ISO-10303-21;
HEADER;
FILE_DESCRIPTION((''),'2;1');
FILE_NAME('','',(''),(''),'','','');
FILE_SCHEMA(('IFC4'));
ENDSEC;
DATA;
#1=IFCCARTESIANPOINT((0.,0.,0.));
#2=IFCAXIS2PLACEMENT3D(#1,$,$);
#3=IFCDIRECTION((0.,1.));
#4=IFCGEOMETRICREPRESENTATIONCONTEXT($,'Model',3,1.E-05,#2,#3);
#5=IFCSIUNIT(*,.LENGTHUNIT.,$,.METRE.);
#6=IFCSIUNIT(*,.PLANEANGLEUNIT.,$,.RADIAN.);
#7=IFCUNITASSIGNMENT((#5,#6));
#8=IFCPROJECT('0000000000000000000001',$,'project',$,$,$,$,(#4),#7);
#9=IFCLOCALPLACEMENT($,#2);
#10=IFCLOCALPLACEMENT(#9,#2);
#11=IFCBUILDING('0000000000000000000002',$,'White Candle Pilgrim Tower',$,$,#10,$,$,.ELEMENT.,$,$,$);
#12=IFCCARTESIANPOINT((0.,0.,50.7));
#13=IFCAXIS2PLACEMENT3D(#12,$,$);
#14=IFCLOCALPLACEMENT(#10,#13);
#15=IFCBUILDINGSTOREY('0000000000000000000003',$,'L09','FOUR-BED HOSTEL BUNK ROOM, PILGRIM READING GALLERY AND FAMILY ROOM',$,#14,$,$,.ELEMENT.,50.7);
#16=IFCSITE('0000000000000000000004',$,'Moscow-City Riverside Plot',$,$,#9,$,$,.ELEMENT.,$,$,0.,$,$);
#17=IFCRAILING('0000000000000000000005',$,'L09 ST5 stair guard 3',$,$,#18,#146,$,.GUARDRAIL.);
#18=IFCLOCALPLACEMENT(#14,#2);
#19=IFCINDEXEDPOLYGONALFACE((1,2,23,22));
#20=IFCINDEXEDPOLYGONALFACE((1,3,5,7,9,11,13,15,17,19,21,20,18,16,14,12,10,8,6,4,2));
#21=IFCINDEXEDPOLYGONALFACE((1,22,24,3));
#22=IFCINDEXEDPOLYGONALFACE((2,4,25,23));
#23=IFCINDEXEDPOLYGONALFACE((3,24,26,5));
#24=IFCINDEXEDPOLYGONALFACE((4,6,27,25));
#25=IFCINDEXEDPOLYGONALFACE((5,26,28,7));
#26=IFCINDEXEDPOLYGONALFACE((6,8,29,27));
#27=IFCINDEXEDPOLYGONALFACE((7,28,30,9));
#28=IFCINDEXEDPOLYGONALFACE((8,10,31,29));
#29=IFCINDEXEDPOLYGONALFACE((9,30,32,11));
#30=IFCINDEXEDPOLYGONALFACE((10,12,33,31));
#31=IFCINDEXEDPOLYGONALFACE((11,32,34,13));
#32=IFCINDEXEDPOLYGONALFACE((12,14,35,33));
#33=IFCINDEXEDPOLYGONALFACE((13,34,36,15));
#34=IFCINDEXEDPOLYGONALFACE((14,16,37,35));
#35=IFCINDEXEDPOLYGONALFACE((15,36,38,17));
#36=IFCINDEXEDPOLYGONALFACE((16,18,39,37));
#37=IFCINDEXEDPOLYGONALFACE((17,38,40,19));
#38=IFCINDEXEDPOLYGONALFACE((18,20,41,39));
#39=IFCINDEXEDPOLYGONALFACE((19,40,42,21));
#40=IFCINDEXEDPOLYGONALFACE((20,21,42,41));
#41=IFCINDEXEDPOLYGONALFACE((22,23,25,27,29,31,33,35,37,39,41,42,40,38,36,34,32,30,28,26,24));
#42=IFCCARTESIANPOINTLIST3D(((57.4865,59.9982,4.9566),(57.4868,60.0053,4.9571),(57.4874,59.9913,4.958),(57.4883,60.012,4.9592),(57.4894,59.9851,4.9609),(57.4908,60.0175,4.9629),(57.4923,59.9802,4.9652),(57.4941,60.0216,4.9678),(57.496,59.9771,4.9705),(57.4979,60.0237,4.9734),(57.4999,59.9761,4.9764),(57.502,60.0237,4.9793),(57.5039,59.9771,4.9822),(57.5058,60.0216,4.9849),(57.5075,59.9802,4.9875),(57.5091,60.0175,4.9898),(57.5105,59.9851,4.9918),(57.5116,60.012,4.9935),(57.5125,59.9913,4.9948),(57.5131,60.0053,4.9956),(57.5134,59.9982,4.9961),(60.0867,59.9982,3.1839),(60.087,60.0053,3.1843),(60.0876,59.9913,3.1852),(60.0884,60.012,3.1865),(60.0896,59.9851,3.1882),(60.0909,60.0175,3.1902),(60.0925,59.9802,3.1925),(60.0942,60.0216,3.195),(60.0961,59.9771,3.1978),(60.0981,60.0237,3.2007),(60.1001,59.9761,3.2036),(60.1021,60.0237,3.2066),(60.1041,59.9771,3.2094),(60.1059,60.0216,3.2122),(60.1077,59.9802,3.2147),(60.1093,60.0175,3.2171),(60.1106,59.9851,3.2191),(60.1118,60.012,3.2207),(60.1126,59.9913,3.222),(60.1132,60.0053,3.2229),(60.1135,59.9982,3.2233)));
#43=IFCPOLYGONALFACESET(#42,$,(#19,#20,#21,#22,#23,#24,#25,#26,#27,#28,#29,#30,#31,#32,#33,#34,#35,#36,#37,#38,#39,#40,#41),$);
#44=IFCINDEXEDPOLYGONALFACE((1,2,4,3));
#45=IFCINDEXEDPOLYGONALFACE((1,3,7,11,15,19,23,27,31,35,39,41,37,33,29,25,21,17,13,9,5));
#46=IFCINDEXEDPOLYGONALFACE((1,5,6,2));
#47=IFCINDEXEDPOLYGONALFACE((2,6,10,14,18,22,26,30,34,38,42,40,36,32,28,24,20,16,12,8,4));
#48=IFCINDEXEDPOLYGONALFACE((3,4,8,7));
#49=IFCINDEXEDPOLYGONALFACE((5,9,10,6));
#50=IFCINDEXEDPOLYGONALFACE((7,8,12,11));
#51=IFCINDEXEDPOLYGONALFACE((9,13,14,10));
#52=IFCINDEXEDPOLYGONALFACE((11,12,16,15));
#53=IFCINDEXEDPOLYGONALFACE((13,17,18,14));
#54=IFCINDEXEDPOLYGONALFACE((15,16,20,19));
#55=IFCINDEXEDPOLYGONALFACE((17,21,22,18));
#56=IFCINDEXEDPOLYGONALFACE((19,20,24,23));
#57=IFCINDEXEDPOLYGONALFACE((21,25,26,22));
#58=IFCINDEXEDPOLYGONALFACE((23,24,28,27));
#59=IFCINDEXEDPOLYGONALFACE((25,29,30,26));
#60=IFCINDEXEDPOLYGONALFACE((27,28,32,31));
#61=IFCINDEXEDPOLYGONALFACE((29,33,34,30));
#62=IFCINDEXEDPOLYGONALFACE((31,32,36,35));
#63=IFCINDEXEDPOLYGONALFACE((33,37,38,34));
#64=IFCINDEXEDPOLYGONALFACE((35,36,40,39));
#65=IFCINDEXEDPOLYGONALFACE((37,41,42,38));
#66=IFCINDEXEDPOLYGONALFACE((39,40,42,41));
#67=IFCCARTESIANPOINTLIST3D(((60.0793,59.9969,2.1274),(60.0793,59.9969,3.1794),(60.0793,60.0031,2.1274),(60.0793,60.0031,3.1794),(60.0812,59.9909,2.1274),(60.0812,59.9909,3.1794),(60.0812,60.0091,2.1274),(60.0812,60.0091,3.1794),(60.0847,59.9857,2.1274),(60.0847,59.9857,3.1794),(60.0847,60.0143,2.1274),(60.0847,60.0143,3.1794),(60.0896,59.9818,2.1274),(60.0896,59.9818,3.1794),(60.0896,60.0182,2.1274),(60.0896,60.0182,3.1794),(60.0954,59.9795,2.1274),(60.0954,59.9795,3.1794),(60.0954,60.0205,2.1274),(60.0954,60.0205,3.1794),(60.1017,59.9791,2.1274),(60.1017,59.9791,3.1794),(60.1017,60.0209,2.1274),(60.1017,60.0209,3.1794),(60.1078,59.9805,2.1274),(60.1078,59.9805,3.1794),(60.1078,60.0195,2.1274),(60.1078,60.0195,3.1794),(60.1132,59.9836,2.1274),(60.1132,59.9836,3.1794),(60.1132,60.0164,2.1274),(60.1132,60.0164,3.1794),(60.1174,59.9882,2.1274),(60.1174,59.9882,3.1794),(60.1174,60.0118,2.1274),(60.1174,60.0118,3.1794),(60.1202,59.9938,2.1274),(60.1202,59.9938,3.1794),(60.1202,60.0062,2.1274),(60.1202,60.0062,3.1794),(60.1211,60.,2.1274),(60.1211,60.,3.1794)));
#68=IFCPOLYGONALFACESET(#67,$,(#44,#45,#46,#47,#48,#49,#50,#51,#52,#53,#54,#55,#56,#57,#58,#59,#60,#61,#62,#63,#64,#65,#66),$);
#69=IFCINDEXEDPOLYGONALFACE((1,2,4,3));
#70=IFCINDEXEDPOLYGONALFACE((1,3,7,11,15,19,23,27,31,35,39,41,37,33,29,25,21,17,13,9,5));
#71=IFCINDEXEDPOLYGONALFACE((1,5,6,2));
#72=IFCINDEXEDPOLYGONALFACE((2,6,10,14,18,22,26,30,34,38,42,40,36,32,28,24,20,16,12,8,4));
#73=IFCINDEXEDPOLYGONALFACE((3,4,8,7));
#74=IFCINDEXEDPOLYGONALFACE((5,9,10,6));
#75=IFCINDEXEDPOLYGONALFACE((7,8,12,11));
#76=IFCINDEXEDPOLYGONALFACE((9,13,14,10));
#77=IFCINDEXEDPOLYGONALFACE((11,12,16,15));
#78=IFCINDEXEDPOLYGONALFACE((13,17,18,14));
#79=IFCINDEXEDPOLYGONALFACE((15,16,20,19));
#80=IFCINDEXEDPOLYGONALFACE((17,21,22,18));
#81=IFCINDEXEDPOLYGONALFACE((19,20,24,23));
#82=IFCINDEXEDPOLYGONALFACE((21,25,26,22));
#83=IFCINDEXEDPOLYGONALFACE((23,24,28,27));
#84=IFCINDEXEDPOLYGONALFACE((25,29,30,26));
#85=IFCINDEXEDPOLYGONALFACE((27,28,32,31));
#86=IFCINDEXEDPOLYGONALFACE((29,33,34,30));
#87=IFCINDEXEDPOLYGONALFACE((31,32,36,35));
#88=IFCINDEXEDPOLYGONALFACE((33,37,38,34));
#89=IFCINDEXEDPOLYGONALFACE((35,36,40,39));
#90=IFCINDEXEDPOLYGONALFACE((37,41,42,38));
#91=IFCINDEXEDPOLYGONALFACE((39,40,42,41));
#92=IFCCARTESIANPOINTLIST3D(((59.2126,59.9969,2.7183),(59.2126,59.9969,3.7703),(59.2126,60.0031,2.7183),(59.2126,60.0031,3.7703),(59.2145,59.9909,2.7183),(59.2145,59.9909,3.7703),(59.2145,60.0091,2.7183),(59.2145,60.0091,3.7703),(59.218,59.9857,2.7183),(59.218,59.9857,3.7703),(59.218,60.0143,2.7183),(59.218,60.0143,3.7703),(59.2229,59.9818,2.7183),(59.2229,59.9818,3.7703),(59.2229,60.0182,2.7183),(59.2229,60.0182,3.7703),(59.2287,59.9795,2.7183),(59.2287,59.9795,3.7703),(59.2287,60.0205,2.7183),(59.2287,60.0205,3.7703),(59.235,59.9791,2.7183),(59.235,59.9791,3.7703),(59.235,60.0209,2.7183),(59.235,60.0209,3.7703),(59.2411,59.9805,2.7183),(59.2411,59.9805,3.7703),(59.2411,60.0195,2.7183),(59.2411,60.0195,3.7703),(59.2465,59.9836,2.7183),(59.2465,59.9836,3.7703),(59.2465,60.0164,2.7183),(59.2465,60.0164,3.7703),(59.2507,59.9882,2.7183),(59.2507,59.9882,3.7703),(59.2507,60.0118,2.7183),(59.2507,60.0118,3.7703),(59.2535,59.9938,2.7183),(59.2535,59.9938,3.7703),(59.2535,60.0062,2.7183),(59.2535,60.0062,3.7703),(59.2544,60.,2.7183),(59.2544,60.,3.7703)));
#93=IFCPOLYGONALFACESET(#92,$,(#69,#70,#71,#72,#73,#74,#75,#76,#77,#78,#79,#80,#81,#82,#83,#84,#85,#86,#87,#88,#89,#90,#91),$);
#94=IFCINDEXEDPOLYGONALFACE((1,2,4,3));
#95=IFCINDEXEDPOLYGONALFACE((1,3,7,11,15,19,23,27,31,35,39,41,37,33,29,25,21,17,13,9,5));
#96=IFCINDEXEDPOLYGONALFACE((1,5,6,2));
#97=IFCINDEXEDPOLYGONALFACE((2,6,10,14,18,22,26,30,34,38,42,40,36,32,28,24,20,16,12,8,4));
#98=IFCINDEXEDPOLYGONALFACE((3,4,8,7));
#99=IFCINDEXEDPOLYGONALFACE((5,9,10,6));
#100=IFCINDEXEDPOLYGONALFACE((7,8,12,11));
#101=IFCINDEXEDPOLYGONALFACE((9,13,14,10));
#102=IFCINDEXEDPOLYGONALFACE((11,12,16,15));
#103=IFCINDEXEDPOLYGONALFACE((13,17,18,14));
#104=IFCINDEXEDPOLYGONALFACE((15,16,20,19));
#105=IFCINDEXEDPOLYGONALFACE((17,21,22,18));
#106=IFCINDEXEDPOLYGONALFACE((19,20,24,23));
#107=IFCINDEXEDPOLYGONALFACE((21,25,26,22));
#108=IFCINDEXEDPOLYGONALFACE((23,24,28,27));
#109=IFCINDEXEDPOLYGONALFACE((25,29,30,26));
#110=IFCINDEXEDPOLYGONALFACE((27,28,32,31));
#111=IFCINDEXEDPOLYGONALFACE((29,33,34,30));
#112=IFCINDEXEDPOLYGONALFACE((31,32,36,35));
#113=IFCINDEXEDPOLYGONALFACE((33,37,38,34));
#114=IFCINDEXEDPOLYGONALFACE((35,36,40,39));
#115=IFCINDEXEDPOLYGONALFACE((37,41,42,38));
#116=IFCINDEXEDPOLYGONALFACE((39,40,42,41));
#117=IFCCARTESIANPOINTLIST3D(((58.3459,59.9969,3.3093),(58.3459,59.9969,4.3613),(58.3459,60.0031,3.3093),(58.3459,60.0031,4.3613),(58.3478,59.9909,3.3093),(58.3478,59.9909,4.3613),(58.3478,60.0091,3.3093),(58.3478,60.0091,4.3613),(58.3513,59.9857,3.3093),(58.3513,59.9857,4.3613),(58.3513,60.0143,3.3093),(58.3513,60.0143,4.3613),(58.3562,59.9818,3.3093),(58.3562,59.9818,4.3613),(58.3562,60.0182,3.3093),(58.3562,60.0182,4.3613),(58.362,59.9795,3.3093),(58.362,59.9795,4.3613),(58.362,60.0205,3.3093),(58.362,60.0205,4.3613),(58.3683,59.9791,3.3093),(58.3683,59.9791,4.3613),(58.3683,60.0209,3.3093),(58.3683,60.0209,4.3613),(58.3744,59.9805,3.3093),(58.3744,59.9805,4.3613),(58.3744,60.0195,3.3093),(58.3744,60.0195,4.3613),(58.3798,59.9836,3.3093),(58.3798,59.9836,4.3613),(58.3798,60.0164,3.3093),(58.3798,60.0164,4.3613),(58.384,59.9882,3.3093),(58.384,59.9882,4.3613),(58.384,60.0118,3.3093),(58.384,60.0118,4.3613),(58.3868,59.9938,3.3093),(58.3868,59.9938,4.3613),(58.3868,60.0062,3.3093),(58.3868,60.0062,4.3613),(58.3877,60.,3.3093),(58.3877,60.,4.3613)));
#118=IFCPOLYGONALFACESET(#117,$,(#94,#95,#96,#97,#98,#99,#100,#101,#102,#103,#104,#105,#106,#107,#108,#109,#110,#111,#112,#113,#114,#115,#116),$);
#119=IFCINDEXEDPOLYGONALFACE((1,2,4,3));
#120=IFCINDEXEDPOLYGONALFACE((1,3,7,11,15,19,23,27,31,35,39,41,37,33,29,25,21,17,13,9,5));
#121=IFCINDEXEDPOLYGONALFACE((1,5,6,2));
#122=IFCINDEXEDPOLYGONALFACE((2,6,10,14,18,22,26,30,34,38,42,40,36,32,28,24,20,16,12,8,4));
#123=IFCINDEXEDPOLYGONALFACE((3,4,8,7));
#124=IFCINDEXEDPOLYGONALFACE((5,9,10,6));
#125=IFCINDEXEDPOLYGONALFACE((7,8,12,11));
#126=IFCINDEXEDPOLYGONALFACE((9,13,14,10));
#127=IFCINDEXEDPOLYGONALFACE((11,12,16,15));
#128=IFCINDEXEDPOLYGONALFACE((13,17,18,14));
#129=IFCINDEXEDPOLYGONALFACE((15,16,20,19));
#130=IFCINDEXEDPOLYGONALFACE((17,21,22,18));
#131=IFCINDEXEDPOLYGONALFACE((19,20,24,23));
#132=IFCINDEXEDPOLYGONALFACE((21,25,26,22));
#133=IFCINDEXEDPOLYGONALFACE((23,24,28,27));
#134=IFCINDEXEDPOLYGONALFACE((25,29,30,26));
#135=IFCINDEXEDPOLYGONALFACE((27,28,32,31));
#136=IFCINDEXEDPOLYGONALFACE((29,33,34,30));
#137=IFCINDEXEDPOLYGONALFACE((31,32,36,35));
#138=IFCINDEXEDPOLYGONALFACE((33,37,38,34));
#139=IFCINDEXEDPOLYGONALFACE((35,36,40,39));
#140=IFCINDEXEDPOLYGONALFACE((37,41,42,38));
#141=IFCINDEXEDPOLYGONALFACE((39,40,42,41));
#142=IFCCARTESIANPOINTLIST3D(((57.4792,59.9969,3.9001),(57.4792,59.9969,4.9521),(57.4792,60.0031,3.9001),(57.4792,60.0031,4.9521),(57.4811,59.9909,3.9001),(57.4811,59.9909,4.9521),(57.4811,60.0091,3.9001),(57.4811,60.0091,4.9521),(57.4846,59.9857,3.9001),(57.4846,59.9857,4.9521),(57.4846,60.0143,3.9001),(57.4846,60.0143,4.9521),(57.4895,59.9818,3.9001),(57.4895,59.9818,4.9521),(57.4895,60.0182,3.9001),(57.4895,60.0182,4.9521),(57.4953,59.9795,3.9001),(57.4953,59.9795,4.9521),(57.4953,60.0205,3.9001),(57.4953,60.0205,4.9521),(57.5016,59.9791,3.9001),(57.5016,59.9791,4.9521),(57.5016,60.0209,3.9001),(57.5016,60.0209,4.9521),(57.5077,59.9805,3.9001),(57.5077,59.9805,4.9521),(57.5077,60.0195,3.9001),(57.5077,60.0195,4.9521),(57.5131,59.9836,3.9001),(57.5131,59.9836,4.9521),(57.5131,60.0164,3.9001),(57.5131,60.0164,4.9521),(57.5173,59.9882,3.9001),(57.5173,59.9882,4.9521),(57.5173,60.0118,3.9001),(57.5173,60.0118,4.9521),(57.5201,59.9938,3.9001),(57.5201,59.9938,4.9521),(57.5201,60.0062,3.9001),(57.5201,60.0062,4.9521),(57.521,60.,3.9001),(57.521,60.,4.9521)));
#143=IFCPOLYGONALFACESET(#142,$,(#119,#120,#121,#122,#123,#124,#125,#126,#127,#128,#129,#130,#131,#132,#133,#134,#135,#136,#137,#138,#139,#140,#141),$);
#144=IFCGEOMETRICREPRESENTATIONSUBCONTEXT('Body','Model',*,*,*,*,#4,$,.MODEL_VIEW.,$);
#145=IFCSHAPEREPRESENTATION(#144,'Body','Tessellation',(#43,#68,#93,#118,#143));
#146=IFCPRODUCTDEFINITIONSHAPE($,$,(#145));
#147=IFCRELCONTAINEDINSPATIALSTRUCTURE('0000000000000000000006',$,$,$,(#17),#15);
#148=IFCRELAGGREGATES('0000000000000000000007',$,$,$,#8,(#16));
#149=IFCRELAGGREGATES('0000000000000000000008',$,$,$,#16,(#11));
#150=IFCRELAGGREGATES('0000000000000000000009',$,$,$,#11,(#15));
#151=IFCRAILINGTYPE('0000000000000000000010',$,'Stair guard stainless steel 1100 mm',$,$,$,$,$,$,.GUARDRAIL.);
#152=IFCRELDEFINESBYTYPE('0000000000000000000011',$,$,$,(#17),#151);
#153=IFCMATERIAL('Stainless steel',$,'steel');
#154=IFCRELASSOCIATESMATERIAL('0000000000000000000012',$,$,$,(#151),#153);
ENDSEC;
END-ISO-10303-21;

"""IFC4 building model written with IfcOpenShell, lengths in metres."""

from ifc_helpers import new_model, si_unit, direction, frame, origin, origin_2d, place, context, subcontext, project, spatial, circle, extrude, material, type_object, element, save


model = new_model("IFC4")

# Units and contexts
model_context = context("Model", 3, precision=1e-05, world=origin(), true_north=direction((0.0, 1.0)))
body_context = subcontext(model_context, "Body", "Model", "MODEL_VIEW")
ifc_project = project(units=[si_unit("LENGTHUNIT", "METRE"), si_unit("PLANEANGLEUNIT", "RADIAN")], contexts=[model_context])

# Site, building, storey
site_placement = place(None, origin())
site = spatial("IfcSite", under=ifc_project, at=site_placement, Name="Moscow-City Riverside Plot", CompositionType="ELEMENT", RefElevation=0.0)
building_placement = place(site_placement, origin())
building = spatial("IfcBuilding", under=site, at=building_placement, Name="White Candle Pilgrim Tower", CompositionType="ELEMENT")
storey_placement = place(building_placement, frame((0.0, 0.0, 50.7)))
storey = spatial("IfcBuildingStorey", under=building, at=storey_placement, Name="L09", Description="FOUR-BED HOSTEL BUNK ROOM, PILGRIM READING GALLERY AND FAMILY ROOM", CompositionType="ELEMENT", Elevation=50.7)

# Railing
ifc_material_1 = material(Name="Stainless steel", Category="steel")
railing_type_1 = type_object("IfcRailingType", Name="Stair guard stainless steel 1100 mm", PredefinedType="GUARDRAIL", material=ifc_material_1)
railing_1_placement = place(storey_placement, frame((60.1001, 60.0, 2.1274)))
element("IfcRailing", 1, at=railing_1_placement, inside=storey, type_object=railing_type_1, Name="L09 ST5 stair guard 3", PredefinedType="GUARDRAIL", context=body_context, shape_type="SweptSolid", body=[
    extrude(circle(Radius=0.0239, at=origin_2d()), frame((0.0, 0.0, 1.0762), z_axis=(-0.82624, 0.0, 0.563318), x_axis=(0.0, -1.0, 0.0)), (0.0, 0.0, 1.0), 3.147),
    extrude(circle(Radius=0.021, at=origin_2d()), origin(), (0.0, 0.0, 1.0), 1.052),
    extrude(circle(Radius=0.021, at=origin_2d()), frame((-0.8667, 0.0, 0.5908)), (0.0, 0.0, 1.0), 1.052),
    extrude(circle(Radius=0.021, at=origin_2d()), frame((-1.7334, 0.0, 1.1819)), (0.0, 0.0, 1.0), 1.052),
    extrude(circle(Radius=0.021, at=origin_2d()), frame((-2.6001, 0.0, 1.7727)), (0.0, 0.0, 1.0), 1.052),
])

save(model, "model.ifc")
